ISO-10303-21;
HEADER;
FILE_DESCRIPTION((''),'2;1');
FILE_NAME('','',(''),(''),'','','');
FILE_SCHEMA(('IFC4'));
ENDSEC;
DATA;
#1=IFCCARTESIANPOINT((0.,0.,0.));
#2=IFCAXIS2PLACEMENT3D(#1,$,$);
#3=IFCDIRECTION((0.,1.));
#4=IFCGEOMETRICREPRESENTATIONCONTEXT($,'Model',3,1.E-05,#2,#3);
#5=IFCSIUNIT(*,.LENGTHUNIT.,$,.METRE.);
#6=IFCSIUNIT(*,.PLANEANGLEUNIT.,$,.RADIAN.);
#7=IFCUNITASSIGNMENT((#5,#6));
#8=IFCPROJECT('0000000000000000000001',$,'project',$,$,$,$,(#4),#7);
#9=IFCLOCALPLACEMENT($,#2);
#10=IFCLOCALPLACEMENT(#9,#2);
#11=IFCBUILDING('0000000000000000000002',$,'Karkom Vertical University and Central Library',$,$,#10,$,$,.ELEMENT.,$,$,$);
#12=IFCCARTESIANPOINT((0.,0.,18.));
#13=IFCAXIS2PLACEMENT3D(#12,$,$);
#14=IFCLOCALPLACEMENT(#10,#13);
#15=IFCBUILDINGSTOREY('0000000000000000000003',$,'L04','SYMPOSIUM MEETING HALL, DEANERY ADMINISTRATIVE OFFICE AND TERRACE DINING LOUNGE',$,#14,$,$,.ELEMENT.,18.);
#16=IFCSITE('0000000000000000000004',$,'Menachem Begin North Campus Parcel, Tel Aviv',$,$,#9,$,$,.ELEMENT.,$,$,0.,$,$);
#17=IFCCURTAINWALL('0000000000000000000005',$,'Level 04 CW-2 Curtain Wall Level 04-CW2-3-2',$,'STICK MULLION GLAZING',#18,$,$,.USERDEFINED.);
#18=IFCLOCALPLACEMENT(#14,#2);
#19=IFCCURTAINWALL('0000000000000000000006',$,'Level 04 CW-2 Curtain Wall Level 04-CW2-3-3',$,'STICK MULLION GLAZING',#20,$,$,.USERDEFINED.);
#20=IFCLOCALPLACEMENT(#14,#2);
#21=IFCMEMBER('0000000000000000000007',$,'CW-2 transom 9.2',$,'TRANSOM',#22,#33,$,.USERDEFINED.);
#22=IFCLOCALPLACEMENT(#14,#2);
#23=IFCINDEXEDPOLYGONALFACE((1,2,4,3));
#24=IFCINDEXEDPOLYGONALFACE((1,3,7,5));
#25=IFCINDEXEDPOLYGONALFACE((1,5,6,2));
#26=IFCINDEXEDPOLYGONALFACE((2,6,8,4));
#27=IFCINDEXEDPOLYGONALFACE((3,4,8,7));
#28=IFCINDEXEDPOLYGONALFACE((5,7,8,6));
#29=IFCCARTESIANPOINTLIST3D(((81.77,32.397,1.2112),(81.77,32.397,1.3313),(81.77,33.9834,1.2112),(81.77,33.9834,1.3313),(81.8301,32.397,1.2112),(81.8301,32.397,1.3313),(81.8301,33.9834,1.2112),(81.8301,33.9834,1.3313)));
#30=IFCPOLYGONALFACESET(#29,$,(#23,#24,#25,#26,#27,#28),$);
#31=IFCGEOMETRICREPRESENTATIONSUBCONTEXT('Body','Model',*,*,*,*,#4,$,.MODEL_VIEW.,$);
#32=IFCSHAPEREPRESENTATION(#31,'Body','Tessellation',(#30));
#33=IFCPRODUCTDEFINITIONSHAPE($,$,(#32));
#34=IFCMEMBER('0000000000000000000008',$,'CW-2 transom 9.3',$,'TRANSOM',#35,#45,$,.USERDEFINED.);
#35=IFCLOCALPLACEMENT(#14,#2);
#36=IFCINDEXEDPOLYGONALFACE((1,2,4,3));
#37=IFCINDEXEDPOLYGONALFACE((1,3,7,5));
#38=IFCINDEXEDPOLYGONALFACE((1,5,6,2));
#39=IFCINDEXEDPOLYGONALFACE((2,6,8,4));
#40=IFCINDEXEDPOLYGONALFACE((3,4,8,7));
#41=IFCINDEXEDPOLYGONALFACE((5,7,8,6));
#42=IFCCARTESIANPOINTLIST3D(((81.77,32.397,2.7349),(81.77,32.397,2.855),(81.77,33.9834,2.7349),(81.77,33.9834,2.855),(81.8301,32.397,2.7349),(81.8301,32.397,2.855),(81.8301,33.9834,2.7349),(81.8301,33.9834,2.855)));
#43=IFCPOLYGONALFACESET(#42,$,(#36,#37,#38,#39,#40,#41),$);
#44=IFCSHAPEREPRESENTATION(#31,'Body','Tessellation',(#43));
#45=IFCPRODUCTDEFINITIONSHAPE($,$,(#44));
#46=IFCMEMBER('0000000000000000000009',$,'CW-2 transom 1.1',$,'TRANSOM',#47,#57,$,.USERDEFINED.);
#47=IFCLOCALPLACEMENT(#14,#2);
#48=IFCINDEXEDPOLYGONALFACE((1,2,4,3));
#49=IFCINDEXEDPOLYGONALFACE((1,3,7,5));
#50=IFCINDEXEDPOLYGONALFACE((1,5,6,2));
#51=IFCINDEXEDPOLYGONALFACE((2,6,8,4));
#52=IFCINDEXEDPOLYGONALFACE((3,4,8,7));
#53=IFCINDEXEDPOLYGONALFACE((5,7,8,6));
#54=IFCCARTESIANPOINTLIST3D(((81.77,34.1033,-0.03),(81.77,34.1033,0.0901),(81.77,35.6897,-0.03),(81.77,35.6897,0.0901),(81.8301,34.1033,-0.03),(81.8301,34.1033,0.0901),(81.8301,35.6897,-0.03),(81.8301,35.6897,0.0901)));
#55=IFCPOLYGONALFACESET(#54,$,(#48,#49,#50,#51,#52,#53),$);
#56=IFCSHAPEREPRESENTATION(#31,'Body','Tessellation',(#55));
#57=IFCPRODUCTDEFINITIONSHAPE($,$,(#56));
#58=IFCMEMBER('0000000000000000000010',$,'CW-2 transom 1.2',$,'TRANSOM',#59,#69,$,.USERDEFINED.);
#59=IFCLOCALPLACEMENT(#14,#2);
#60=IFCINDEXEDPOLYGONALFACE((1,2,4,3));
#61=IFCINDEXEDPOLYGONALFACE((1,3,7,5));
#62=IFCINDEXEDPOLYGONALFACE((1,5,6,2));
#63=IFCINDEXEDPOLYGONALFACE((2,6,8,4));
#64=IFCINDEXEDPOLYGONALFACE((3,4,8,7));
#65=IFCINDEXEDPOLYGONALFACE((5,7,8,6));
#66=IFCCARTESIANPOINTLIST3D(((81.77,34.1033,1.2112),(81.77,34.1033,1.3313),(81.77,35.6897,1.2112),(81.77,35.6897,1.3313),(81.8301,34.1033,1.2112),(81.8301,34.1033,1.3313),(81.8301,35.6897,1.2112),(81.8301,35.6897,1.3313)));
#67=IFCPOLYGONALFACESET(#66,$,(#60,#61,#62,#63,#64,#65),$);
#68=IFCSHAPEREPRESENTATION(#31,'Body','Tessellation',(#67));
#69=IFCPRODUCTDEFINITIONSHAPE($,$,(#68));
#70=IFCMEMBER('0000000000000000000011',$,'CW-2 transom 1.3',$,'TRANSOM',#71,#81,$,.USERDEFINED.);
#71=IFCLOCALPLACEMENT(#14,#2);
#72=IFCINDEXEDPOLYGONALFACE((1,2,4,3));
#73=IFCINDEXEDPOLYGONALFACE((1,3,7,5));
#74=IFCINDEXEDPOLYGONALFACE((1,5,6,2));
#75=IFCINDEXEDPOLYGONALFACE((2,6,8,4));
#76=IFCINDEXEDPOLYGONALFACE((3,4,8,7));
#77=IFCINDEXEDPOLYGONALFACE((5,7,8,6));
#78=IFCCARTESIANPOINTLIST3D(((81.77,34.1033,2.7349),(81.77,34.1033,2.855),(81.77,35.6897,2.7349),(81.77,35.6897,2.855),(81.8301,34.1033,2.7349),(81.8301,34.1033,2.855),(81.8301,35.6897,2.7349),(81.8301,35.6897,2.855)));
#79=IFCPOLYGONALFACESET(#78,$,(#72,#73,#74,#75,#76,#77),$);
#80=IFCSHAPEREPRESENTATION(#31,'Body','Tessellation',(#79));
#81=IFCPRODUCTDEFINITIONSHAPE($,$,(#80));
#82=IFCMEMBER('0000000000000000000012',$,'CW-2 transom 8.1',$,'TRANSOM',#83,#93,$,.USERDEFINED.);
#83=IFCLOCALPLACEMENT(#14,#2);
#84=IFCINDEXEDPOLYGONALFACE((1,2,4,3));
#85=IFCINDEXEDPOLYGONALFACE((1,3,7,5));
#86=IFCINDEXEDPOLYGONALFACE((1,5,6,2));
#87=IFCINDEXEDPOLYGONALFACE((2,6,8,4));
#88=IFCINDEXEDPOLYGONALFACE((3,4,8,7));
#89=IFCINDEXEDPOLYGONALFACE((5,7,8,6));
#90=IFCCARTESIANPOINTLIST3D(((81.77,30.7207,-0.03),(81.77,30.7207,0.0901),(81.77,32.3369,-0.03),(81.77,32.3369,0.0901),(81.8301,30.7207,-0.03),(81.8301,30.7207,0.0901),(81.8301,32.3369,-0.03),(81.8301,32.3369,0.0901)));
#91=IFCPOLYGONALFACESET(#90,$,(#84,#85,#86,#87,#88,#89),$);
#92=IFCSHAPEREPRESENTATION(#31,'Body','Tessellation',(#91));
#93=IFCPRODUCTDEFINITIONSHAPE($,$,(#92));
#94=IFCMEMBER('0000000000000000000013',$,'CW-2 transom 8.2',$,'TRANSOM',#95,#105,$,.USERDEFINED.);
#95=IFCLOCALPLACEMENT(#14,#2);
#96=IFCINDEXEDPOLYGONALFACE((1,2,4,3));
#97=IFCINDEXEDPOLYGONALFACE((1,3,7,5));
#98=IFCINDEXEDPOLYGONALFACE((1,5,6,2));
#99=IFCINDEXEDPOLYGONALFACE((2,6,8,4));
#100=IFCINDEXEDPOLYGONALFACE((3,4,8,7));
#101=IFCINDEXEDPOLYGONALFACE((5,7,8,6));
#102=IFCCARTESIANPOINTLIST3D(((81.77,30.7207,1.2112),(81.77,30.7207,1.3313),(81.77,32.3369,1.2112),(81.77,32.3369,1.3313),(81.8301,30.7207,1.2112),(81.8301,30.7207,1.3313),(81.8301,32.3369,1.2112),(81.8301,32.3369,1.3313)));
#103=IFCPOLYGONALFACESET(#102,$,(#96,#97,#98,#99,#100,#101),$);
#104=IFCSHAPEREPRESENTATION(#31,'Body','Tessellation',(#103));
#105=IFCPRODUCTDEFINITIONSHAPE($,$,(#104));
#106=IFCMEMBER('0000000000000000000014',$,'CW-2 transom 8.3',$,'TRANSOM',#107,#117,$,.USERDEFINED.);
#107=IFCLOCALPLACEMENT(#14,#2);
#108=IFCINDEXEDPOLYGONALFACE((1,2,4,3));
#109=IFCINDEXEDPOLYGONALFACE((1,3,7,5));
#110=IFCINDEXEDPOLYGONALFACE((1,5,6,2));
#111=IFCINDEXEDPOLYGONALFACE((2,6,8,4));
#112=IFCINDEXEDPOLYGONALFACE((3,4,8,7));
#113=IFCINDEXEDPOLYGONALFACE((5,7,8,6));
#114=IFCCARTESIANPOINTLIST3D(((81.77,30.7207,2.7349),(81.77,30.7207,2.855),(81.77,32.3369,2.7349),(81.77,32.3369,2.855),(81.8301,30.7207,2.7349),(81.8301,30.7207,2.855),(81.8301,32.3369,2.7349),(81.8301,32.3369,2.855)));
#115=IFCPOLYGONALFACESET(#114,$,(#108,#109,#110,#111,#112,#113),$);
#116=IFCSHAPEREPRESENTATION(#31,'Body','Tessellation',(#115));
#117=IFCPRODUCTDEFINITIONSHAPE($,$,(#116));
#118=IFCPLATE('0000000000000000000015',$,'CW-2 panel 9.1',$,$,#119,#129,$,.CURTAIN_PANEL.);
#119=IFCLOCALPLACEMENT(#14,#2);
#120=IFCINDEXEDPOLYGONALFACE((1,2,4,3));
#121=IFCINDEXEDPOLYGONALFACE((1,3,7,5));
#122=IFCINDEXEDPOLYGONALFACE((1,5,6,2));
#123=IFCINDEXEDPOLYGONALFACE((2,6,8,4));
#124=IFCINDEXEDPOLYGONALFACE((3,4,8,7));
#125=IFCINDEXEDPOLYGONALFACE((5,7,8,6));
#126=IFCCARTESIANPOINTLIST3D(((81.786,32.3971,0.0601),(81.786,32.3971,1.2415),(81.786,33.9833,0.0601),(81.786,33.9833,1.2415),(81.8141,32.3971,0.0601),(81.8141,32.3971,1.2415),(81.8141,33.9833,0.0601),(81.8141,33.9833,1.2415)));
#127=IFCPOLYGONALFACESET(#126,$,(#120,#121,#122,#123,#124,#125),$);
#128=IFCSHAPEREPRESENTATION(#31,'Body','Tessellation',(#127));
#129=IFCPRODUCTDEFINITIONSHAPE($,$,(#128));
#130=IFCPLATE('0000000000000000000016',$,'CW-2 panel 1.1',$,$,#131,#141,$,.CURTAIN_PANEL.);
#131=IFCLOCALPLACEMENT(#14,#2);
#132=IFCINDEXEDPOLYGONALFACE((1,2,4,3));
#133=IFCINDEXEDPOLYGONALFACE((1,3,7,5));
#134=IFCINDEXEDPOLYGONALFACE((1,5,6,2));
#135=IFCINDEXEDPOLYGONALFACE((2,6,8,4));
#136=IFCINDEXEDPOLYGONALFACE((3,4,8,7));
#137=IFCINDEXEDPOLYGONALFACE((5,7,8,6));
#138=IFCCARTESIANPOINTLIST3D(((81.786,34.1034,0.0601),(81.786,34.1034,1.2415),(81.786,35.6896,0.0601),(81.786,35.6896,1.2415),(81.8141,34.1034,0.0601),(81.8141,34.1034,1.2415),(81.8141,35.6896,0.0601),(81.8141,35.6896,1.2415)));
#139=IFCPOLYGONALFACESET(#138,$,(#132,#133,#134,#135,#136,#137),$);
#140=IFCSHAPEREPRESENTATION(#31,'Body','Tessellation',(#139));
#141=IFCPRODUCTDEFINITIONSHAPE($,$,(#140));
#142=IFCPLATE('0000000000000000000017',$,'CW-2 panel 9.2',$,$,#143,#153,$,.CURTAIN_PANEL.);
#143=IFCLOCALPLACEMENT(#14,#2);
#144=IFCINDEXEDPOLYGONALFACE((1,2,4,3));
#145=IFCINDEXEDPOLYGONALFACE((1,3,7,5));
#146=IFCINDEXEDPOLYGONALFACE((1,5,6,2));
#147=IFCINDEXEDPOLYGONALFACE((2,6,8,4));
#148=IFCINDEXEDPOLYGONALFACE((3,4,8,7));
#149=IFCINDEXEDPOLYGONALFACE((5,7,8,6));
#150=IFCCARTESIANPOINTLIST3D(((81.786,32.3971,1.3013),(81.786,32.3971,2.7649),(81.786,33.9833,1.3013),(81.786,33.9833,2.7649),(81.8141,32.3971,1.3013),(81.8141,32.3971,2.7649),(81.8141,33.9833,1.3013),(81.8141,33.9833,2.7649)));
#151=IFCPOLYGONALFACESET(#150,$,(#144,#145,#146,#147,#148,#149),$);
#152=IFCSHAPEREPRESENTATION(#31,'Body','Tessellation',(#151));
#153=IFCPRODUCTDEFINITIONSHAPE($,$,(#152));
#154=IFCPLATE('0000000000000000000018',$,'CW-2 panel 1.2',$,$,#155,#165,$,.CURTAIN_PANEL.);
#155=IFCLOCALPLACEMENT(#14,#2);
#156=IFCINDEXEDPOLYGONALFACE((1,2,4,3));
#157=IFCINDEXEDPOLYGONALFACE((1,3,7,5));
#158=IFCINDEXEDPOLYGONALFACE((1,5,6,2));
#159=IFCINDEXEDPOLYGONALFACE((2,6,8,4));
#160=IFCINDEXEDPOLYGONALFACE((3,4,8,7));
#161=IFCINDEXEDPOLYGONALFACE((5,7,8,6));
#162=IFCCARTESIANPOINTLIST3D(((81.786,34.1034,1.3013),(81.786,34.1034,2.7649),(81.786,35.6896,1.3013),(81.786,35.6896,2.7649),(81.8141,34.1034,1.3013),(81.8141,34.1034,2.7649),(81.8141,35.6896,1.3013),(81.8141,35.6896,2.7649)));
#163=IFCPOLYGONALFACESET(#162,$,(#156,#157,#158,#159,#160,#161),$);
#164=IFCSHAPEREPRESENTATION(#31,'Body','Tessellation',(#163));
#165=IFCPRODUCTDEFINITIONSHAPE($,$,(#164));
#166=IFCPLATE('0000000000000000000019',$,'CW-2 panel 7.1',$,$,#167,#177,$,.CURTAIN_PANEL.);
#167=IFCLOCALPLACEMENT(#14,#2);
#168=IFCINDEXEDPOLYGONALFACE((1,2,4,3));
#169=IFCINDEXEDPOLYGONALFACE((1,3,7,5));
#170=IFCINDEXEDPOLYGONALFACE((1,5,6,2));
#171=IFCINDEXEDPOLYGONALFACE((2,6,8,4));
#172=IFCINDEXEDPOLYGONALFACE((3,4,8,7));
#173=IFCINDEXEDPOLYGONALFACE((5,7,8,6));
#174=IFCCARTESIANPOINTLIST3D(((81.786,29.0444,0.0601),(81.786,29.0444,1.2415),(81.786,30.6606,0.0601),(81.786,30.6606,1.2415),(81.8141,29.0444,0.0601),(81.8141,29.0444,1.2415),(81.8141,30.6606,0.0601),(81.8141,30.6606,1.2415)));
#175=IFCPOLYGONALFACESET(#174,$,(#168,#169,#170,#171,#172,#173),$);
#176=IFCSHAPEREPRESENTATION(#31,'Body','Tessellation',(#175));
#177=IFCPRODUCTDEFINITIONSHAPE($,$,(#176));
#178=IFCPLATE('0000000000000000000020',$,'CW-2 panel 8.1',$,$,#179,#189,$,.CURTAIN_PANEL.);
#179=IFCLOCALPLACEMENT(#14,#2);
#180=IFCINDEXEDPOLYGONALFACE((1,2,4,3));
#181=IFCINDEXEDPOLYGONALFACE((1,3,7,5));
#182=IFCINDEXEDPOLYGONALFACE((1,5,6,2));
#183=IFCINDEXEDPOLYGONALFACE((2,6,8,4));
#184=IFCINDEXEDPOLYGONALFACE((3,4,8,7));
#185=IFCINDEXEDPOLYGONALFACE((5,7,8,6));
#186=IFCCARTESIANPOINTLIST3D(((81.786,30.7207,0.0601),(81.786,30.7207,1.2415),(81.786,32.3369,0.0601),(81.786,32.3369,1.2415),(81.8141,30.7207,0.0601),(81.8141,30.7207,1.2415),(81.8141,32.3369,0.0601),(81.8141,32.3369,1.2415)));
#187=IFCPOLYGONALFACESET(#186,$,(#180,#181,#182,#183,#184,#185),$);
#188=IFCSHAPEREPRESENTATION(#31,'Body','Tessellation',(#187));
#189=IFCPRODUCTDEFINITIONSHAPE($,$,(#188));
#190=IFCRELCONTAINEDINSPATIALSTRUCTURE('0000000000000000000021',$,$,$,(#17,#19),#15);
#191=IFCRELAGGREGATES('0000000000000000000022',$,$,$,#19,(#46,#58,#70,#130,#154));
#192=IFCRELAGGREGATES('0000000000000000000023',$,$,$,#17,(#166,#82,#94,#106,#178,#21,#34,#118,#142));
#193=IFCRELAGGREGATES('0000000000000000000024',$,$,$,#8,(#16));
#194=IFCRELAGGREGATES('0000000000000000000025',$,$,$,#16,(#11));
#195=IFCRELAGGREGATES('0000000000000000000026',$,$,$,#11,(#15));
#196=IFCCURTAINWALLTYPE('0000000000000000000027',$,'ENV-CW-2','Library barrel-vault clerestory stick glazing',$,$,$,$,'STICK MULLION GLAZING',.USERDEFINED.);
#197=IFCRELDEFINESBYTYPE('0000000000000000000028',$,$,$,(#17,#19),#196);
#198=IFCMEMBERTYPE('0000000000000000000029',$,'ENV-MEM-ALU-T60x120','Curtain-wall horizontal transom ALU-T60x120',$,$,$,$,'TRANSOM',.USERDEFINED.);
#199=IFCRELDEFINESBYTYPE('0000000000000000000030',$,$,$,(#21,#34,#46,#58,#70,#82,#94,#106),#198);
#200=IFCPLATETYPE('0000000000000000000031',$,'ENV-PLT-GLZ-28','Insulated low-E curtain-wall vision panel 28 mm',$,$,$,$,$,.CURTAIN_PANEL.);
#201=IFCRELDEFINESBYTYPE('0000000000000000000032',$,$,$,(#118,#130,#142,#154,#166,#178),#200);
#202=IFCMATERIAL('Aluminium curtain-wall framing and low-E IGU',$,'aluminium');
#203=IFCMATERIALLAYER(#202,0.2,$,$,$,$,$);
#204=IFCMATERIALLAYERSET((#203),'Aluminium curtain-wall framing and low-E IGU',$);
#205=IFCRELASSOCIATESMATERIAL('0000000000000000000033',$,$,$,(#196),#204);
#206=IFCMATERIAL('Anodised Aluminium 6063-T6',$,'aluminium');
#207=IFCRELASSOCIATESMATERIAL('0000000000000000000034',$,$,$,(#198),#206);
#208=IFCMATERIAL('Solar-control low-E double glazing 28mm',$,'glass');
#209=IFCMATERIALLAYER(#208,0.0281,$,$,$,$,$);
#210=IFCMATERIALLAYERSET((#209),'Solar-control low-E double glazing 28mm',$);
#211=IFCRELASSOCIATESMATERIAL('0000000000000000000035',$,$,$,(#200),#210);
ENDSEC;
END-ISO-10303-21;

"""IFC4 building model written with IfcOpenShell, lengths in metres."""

from ifc_helpers import new_model, si_unit, direction, frame, origin, origin_with_axes, origin_2d, place, context, subcontext, project, spatial, rectangle, extrude, source, transform, mapped, material, layer, layer_set, material_profile, profile_set, type_object, element, aggregate, save


model = new_model("IFC4")

# Units and contexts
model_context = context("Model", 3, precision=1e-05, world=origin(), true_north=direction((0.0, 1.0)))
body_context = subcontext(model_context, "Body", "Model", "MODEL_VIEW")
ifc_project = project(units=[si_unit("LENGTHUNIT", "METRE"), si_unit("PLANEANGLEUNIT", "RADIAN")], contexts=[model_context])

# Site, building, storey
site_placement = place(None, origin())
site = spatial("IfcSite", under=ifc_project, at=site_placement, Name="Menachem Begin North Campus Parcel, Tel Aviv", CompositionType="ELEMENT", RefElevation=0.0)
building_placement = place(site_placement, origin())
building = spatial("IfcBuilding", under=site, at=building_placement, Name="Karkom Vertical University and Central Library", CompositionType="ELEMENT")
storey_placement = place(building_placement, frame((0.0, 0.0, 18.0)))
storey = spatial("IfcBuildingStorey", under=building, at=storey_placement, Name="L04", Description="SYMPOSIUM MEETING HALL, DEANERY ADMINISTRATIVE OFFICE AND TERRACE DINING LOUNGE", CompositionType="ELEMENT", Elevation=18.0)

# Curtain wall
ifc_material_1 = material(Name="Aluminium curtain-wall framing and low-E IGU", Category="aluminium")
ifc_layer_1 = layer(ifc_material_1, 0.2)
ifc_layer_set_1 = layer_set([ifc_layer_1], Name="Aluminium curtain-wall framing and low-E IGU")
curtain_wall_type = type_object("IfcCurtainWallType", Name="ENV-CW-2", Description="Library barrel-vault clerestory stick glazing", ElementType="STICK MULLION GLAZING", PredefinedType="USERDEFINED", material=ifc_layer_set_1)
curtain_wall_1_placement = place(storey_placement, origin())
curtain_wall_1 = element("IfcCurtainWall", 1, at=curtain_wall_1_placement, inside=storey, type_object=curtain_wall_type, Name="Level 04 CW-2 Curtain Wall Level 04-CW2-3-2", ObjectType="STICK MULLION GLAZING", PredefinedType="USERDEFINED")
ifc_material_2 = material(Name="Anodised Aluminium 6063-T6", Category="aluminium")

# Curtain wall
curtain_wall_2_placement = place(storey_placement, origin())
curtain_wall_2 = element("IfcCurtainWall", 2, at=curtain_wall_2_placement, inside=storey, type_object=curtain_wall_type, Name="Level 04 CW-2 Curtain Wall Level 04-CW2-3-3", ObjectType="STICK MULLION GLAZING", PredefinedType="USERDEFINED")

# Members
ifc_material_profile_1 = material_profile(ifc_material_2, rectangle(XDim=0.0601, YDim=0.1201, at=origin_2d()), Name="ALU-T60x120")
ifc_profile_set_1 = profile_set([ifc_material_profile_1], Name="Anodised Aluminium 6063-T6")
member_type_1 = type_object("IfcMemberType", Name="ENV-MEM-ALU-T60x120", Description="Curtain-wall horizontal transom ALU-T60x120", ElementType="TRANSOM", PredefinedType="USERDEFINED", material=ifc_profile_set_1)
shared_shape_1 = source(origin_with_axes(), body_context, "Body", "SweptSolid", [
    extrude(rectangle(XDim=0.0601, YDim=0.1201, at=origin_2d()), origin(), (0.0, 0.0, 1.0), 1.5864),
])
member_1_placement = place(storey_placement, frame((81.8, 32.397, 1.2712), z_axis=(0.0, 1.0, 0.0), x_axis=(-1.0, 0.0, 0.0)))
member_1 = element("IfcMember", 3, at=member_1_placement, type_object=member_type_1, Name="CW-2 transom 9.2", ObjectType="TRANSOM", PredefinedType="USERDEFINED", context=body_context, shape_type="MappedRepresentation", body=[
    mapped(shared_shape_1, transform((0.0, 0.0, 0.0), scale=1.0)),
])
member_2_placement = place(storey_placement, frame((81.8, 32.397, 2.7949), z_axis=(0.0, 1.0, 0.0), x_axis=(-1.0, 0.0, 0.0)))
member_2 = element("IfcMember", 4, at=member_2_placement, type_object=member_type_1, Name="CW-2 transom 9.3", ObjectType="TRANSOM", PredefinedType="USERDEFINED", context=body_context, shape_type="MappedRepresentation", body=[
    mapped(shared_shape_1, transform((0.0, 0.0, 0.0), scale=1.0)),
])
member_3_placement = place(storey_placement, frame((81.8, 34.1033, 0.03), z_axis=(0.0, 1.0, 0.0), x_axis=(-1.0, 0.0, 0.0)))
member_3 = element("IfcMember", 5, at=member_3_placement, type_object=member_type_1, Name="CW-2 transom 1.1", ObjectType="TRANSOM", PredefinedType="USERDEFINED", context=body_context, shape_type="MappedRepresentation", body=[
    mapped(shared_shape_1, transform((0.0, 0.0, 0.0), scale=1.0)),
])
member_4_placement = place(storey_placement, frame((81.8, 34.1033, 1.2712), z_axis=(0.0, 1.0, 0.0), x_axis=(-1.0, 0.0, 0.0)))
member_4 = element("IfcMember", 6, at=member_4_placement, type_object=member_type_1, Name="CW-2 transom 1.2", ObjectType="TRANSOM", PredefinedType="USERDEFINED", context=body_context, shape_type="MappedRepresentation", body=[
    mapped(shared_shape_1, transform((0.0, 0.0, 0.0), scale=1.0)),
])
member_5_placement = place(storey_placement, frame((81.8, 34.1033, 2.7949), z_axis=(0.0, 1.0, 0.0), x_axis=(-1.0, 0.0, 0.0)))
member_5 = element("IfcMember", 7, at=member_5_placement, type_object=member_type_1, Name="CW-2 transom 1.3", ObjectType="TRANSOM", PredefinedType="USERDEFINED", context=body_context, shape_type="MappedRepresentation", body=[
    mapped(shared_shape_1, transform((0.0, 0.0, 0.0), scale=1.0)),
])
shared_shape_2 = source(origin_with_axes(), body_context, "Body", "SweptSolid", [
    extrude(rectangle(XDim=0.0601, YDim=0.1201, at=origin_2d()), origin(), (0.0, 0.0, 1.0), 1.6162),
])
member_6_placement = place(storey_placement, frame((81.8, 30.7207, 0.03), z_axis=(0.0, 1.0, 0.0), x_axis=(-1.0, 0.0, 0.0)))
member_6 = element("IfcMember", 8, at=member_6_placement, type_object=member_type_1, Name="CW-2 transom 8.1", ObjectType="TRANSOM", PredefinedType="USERDEFINED", context=body_context, shape_type="MappedRepresentation", body=[
    mapped(shared_shape_2, transform((0.0, 0.0, 0.0), scale=1.0)),
])
member_7_placement = place(storey_placement, frame((81.8, 30.7207, 1.2712), z_axis=(0.0, 1.0, 0.0), x_axis=(-1.0, 0.0, 0.0)))
member_7 = element("IfcMember", 9, at=member_7_placement, type_object=member_type_1, Name="CW-2 transom 8.2", ObjectType="TRANSOM", PredefinedType="USERDEFINED", context=body_context, shape_type="MappedRepresentation", body=[
    mapped(shared_shape_2, transform((0.0, 0.0, 0.0), scale=1.0)),
])
member_8_placement = place(storey_placement, frame((81.8, 30.7207, 2.7949), z_axis=(0.0, 1.0, 0.0), x_axis=(-1.0, 0.0, 0.0)))
member_8 = element("IfcMember", 10, at=member_8_placement, type_object=member_type_1, Name="CW-2 transom 8.3", ObjectType="TRANSOM", PredefinedType="USERDEFINED", context=body_context, shape_type="MappedRepresentation", body=[
    mapped(shared_shape_2, transform((0.0, 0.0, 0.0), scale=1.0)),
])

# Plates
ifc_material_3 = material(Name="Solar-control low-E double glazing 28mm", Category="glass")
ifc_layer_2 = layer(ifc_material_3, 0.0281)
ifc_layer_set_2 = layer_set([ifc_layer_2], Name="Solar-control low-E double glazing 28mm")
plate_type = type_object("IfcPlateType", Name="ENV-PLT-GLZ-28", Description="Insulated low-E curtain-wall vision panel 28 mm", PredefinedType="CURTAIN_PANEL", material=ifc_layer_set_2)
shared_shape_3 = source(origin_with_axes(), body_context, "Body", "SweptSolid", [
    extrude(rectangle(XDim=1.5862, YDim=0.0281, at=origin_2d()), origin(), (0.0, 0.0, 1.0), 1.1814),
])
plate_1_placement = place(storey_placement, frame((81.8, 33.1902, 0.0601), z_axis=(0.0, 0.0, 1.0), x_axis=(0.0, 1.0, 0.0)))
plate_1 = element("IfcPlate", 11, at=plate_1_placement, type_object=plate_type, Name="CW-2 panel 9.1", PredefinedType="CURTAIN_PANEL", context=body_context, shape_type="MappedRepresentation", body=[
    mapped(shared_shape_3, transform((0.0, 0.0, 0.0), scale=1.0)),
])
plate_2_placement = place(storey_placement, frame((81.8, 34.8965, 0.0601), z_axis=(0.0, 0.0, 1.0), x_axis=(0.0, 1.0, 0.0)))
plate_2 = element("IfcPlate", 12, at=plate_2_placement, type_object=plate_type, Name="CW-2 panel 1.1", PredefinedType="CURTAIN_PANEL", context=body_context, shape_type="MappedRepresentation", body=[
    mapped(shared_shape_3, transform((0.0, 0.0, 0.0), scale=1.0)),
])
shared_shape_4 = source(origin_with_axes(), body_context, "Body", "SweptSolid", [
    extrude(rectangle(XDim=1.5862, YDim=0.0281, at=origin_2d()), origin(), (0.0, 0.0, 1.0), 1.4636),
])
plate_3_placement = place(storey_placement, frame((81.8, 33.1902, 1.3013), z_axis=(0.0, 0.0, 1.0), x_axis=(0.0, 1.0, 0.0)))
plate_3 = element("IfcPlate", 13, at=plate_3_placement, type_object=plate_type, Name="CW-2 panel 9.2", PredefinedType="CURTAIN_PANEL", context=body_context, shape_type="MappedRepresentation", body=[
    mapped(shared_shape_4, transform((0.0, 0.0, 0.0), scale=1.0)),
])
plate_4_placement = place(storey_placement, frame((81.8, 34.8965, 1.3013), z_axis=(0.0, 0.0, 1.0), x_axis=(0.0, 1.0, 0.0)))
plate_4 = element("IfcPlate", 14, at=plate_4_placement, type_object=plate_type, Name="CW-2 panel 1.2", PredefinedType="CURTAIN_PANEL", context=body_context, shape_type="MappedRepresentation", body=[
    mapped(shared_shape_4, transform((0.0, 0.0, 0.0), scale=1.0)),
])
aggregate(curtain_wall_2, [member_3, member_4, member_5, plate_2, plate_4])
shared_shape_5 = source(origin_with_axes(), body_context, "Body", "SweptSolid", [
    extrude(rectangle(XDim=1.6162, YDim=0.0281, at=origin_2d()), origin(), (0.0, 0.0, 1.0), 1.1814),
])
plate_5_placement = place(storey_placement, frame((81.8, 29.8525, 0.0601), z_axis=(0.0, 0.0, 1.0), x_axis=(0.0, 1.0, 0.0)))
plate_5 = element("IfcPlate", 15, at=plate_5_placement, type_object=plate_type, Name="CW-2 panel 7.1", PredefinedType="CURTAIN_PANEL", context=body_context, shape_type="MappedRepresentation", body=[
    mapped(shared_shape_5, transform((0.0, 0.0, 0.0), scale=1.0)),
])
plate_6_placement = place(storey_placement, frame((81.8, 31.5288, 0.0601), z_axis=(0.0, 0.0, 1.0), x_axis=(0.0, 1.0, 0.0)))
plate_6 = element("IfcPlate", 16, at=plate_6_placement, type_object=plate_type, Name="CW-2 panel 8.1", PredefinedType="CURTAIN_PANEL", context=body_context, shape_type="MappedRepresentation", body=[
    mapped(shared_shape_5, transform((0.0, 0.0, 0.0), scale=1.0)),
])
aggregate(curtain_wall_1, [plate_5, member_6, member_7, member_8, plate_6, member_1, member_2, plate_1, plate_3])

save(model, "model.ifc")
